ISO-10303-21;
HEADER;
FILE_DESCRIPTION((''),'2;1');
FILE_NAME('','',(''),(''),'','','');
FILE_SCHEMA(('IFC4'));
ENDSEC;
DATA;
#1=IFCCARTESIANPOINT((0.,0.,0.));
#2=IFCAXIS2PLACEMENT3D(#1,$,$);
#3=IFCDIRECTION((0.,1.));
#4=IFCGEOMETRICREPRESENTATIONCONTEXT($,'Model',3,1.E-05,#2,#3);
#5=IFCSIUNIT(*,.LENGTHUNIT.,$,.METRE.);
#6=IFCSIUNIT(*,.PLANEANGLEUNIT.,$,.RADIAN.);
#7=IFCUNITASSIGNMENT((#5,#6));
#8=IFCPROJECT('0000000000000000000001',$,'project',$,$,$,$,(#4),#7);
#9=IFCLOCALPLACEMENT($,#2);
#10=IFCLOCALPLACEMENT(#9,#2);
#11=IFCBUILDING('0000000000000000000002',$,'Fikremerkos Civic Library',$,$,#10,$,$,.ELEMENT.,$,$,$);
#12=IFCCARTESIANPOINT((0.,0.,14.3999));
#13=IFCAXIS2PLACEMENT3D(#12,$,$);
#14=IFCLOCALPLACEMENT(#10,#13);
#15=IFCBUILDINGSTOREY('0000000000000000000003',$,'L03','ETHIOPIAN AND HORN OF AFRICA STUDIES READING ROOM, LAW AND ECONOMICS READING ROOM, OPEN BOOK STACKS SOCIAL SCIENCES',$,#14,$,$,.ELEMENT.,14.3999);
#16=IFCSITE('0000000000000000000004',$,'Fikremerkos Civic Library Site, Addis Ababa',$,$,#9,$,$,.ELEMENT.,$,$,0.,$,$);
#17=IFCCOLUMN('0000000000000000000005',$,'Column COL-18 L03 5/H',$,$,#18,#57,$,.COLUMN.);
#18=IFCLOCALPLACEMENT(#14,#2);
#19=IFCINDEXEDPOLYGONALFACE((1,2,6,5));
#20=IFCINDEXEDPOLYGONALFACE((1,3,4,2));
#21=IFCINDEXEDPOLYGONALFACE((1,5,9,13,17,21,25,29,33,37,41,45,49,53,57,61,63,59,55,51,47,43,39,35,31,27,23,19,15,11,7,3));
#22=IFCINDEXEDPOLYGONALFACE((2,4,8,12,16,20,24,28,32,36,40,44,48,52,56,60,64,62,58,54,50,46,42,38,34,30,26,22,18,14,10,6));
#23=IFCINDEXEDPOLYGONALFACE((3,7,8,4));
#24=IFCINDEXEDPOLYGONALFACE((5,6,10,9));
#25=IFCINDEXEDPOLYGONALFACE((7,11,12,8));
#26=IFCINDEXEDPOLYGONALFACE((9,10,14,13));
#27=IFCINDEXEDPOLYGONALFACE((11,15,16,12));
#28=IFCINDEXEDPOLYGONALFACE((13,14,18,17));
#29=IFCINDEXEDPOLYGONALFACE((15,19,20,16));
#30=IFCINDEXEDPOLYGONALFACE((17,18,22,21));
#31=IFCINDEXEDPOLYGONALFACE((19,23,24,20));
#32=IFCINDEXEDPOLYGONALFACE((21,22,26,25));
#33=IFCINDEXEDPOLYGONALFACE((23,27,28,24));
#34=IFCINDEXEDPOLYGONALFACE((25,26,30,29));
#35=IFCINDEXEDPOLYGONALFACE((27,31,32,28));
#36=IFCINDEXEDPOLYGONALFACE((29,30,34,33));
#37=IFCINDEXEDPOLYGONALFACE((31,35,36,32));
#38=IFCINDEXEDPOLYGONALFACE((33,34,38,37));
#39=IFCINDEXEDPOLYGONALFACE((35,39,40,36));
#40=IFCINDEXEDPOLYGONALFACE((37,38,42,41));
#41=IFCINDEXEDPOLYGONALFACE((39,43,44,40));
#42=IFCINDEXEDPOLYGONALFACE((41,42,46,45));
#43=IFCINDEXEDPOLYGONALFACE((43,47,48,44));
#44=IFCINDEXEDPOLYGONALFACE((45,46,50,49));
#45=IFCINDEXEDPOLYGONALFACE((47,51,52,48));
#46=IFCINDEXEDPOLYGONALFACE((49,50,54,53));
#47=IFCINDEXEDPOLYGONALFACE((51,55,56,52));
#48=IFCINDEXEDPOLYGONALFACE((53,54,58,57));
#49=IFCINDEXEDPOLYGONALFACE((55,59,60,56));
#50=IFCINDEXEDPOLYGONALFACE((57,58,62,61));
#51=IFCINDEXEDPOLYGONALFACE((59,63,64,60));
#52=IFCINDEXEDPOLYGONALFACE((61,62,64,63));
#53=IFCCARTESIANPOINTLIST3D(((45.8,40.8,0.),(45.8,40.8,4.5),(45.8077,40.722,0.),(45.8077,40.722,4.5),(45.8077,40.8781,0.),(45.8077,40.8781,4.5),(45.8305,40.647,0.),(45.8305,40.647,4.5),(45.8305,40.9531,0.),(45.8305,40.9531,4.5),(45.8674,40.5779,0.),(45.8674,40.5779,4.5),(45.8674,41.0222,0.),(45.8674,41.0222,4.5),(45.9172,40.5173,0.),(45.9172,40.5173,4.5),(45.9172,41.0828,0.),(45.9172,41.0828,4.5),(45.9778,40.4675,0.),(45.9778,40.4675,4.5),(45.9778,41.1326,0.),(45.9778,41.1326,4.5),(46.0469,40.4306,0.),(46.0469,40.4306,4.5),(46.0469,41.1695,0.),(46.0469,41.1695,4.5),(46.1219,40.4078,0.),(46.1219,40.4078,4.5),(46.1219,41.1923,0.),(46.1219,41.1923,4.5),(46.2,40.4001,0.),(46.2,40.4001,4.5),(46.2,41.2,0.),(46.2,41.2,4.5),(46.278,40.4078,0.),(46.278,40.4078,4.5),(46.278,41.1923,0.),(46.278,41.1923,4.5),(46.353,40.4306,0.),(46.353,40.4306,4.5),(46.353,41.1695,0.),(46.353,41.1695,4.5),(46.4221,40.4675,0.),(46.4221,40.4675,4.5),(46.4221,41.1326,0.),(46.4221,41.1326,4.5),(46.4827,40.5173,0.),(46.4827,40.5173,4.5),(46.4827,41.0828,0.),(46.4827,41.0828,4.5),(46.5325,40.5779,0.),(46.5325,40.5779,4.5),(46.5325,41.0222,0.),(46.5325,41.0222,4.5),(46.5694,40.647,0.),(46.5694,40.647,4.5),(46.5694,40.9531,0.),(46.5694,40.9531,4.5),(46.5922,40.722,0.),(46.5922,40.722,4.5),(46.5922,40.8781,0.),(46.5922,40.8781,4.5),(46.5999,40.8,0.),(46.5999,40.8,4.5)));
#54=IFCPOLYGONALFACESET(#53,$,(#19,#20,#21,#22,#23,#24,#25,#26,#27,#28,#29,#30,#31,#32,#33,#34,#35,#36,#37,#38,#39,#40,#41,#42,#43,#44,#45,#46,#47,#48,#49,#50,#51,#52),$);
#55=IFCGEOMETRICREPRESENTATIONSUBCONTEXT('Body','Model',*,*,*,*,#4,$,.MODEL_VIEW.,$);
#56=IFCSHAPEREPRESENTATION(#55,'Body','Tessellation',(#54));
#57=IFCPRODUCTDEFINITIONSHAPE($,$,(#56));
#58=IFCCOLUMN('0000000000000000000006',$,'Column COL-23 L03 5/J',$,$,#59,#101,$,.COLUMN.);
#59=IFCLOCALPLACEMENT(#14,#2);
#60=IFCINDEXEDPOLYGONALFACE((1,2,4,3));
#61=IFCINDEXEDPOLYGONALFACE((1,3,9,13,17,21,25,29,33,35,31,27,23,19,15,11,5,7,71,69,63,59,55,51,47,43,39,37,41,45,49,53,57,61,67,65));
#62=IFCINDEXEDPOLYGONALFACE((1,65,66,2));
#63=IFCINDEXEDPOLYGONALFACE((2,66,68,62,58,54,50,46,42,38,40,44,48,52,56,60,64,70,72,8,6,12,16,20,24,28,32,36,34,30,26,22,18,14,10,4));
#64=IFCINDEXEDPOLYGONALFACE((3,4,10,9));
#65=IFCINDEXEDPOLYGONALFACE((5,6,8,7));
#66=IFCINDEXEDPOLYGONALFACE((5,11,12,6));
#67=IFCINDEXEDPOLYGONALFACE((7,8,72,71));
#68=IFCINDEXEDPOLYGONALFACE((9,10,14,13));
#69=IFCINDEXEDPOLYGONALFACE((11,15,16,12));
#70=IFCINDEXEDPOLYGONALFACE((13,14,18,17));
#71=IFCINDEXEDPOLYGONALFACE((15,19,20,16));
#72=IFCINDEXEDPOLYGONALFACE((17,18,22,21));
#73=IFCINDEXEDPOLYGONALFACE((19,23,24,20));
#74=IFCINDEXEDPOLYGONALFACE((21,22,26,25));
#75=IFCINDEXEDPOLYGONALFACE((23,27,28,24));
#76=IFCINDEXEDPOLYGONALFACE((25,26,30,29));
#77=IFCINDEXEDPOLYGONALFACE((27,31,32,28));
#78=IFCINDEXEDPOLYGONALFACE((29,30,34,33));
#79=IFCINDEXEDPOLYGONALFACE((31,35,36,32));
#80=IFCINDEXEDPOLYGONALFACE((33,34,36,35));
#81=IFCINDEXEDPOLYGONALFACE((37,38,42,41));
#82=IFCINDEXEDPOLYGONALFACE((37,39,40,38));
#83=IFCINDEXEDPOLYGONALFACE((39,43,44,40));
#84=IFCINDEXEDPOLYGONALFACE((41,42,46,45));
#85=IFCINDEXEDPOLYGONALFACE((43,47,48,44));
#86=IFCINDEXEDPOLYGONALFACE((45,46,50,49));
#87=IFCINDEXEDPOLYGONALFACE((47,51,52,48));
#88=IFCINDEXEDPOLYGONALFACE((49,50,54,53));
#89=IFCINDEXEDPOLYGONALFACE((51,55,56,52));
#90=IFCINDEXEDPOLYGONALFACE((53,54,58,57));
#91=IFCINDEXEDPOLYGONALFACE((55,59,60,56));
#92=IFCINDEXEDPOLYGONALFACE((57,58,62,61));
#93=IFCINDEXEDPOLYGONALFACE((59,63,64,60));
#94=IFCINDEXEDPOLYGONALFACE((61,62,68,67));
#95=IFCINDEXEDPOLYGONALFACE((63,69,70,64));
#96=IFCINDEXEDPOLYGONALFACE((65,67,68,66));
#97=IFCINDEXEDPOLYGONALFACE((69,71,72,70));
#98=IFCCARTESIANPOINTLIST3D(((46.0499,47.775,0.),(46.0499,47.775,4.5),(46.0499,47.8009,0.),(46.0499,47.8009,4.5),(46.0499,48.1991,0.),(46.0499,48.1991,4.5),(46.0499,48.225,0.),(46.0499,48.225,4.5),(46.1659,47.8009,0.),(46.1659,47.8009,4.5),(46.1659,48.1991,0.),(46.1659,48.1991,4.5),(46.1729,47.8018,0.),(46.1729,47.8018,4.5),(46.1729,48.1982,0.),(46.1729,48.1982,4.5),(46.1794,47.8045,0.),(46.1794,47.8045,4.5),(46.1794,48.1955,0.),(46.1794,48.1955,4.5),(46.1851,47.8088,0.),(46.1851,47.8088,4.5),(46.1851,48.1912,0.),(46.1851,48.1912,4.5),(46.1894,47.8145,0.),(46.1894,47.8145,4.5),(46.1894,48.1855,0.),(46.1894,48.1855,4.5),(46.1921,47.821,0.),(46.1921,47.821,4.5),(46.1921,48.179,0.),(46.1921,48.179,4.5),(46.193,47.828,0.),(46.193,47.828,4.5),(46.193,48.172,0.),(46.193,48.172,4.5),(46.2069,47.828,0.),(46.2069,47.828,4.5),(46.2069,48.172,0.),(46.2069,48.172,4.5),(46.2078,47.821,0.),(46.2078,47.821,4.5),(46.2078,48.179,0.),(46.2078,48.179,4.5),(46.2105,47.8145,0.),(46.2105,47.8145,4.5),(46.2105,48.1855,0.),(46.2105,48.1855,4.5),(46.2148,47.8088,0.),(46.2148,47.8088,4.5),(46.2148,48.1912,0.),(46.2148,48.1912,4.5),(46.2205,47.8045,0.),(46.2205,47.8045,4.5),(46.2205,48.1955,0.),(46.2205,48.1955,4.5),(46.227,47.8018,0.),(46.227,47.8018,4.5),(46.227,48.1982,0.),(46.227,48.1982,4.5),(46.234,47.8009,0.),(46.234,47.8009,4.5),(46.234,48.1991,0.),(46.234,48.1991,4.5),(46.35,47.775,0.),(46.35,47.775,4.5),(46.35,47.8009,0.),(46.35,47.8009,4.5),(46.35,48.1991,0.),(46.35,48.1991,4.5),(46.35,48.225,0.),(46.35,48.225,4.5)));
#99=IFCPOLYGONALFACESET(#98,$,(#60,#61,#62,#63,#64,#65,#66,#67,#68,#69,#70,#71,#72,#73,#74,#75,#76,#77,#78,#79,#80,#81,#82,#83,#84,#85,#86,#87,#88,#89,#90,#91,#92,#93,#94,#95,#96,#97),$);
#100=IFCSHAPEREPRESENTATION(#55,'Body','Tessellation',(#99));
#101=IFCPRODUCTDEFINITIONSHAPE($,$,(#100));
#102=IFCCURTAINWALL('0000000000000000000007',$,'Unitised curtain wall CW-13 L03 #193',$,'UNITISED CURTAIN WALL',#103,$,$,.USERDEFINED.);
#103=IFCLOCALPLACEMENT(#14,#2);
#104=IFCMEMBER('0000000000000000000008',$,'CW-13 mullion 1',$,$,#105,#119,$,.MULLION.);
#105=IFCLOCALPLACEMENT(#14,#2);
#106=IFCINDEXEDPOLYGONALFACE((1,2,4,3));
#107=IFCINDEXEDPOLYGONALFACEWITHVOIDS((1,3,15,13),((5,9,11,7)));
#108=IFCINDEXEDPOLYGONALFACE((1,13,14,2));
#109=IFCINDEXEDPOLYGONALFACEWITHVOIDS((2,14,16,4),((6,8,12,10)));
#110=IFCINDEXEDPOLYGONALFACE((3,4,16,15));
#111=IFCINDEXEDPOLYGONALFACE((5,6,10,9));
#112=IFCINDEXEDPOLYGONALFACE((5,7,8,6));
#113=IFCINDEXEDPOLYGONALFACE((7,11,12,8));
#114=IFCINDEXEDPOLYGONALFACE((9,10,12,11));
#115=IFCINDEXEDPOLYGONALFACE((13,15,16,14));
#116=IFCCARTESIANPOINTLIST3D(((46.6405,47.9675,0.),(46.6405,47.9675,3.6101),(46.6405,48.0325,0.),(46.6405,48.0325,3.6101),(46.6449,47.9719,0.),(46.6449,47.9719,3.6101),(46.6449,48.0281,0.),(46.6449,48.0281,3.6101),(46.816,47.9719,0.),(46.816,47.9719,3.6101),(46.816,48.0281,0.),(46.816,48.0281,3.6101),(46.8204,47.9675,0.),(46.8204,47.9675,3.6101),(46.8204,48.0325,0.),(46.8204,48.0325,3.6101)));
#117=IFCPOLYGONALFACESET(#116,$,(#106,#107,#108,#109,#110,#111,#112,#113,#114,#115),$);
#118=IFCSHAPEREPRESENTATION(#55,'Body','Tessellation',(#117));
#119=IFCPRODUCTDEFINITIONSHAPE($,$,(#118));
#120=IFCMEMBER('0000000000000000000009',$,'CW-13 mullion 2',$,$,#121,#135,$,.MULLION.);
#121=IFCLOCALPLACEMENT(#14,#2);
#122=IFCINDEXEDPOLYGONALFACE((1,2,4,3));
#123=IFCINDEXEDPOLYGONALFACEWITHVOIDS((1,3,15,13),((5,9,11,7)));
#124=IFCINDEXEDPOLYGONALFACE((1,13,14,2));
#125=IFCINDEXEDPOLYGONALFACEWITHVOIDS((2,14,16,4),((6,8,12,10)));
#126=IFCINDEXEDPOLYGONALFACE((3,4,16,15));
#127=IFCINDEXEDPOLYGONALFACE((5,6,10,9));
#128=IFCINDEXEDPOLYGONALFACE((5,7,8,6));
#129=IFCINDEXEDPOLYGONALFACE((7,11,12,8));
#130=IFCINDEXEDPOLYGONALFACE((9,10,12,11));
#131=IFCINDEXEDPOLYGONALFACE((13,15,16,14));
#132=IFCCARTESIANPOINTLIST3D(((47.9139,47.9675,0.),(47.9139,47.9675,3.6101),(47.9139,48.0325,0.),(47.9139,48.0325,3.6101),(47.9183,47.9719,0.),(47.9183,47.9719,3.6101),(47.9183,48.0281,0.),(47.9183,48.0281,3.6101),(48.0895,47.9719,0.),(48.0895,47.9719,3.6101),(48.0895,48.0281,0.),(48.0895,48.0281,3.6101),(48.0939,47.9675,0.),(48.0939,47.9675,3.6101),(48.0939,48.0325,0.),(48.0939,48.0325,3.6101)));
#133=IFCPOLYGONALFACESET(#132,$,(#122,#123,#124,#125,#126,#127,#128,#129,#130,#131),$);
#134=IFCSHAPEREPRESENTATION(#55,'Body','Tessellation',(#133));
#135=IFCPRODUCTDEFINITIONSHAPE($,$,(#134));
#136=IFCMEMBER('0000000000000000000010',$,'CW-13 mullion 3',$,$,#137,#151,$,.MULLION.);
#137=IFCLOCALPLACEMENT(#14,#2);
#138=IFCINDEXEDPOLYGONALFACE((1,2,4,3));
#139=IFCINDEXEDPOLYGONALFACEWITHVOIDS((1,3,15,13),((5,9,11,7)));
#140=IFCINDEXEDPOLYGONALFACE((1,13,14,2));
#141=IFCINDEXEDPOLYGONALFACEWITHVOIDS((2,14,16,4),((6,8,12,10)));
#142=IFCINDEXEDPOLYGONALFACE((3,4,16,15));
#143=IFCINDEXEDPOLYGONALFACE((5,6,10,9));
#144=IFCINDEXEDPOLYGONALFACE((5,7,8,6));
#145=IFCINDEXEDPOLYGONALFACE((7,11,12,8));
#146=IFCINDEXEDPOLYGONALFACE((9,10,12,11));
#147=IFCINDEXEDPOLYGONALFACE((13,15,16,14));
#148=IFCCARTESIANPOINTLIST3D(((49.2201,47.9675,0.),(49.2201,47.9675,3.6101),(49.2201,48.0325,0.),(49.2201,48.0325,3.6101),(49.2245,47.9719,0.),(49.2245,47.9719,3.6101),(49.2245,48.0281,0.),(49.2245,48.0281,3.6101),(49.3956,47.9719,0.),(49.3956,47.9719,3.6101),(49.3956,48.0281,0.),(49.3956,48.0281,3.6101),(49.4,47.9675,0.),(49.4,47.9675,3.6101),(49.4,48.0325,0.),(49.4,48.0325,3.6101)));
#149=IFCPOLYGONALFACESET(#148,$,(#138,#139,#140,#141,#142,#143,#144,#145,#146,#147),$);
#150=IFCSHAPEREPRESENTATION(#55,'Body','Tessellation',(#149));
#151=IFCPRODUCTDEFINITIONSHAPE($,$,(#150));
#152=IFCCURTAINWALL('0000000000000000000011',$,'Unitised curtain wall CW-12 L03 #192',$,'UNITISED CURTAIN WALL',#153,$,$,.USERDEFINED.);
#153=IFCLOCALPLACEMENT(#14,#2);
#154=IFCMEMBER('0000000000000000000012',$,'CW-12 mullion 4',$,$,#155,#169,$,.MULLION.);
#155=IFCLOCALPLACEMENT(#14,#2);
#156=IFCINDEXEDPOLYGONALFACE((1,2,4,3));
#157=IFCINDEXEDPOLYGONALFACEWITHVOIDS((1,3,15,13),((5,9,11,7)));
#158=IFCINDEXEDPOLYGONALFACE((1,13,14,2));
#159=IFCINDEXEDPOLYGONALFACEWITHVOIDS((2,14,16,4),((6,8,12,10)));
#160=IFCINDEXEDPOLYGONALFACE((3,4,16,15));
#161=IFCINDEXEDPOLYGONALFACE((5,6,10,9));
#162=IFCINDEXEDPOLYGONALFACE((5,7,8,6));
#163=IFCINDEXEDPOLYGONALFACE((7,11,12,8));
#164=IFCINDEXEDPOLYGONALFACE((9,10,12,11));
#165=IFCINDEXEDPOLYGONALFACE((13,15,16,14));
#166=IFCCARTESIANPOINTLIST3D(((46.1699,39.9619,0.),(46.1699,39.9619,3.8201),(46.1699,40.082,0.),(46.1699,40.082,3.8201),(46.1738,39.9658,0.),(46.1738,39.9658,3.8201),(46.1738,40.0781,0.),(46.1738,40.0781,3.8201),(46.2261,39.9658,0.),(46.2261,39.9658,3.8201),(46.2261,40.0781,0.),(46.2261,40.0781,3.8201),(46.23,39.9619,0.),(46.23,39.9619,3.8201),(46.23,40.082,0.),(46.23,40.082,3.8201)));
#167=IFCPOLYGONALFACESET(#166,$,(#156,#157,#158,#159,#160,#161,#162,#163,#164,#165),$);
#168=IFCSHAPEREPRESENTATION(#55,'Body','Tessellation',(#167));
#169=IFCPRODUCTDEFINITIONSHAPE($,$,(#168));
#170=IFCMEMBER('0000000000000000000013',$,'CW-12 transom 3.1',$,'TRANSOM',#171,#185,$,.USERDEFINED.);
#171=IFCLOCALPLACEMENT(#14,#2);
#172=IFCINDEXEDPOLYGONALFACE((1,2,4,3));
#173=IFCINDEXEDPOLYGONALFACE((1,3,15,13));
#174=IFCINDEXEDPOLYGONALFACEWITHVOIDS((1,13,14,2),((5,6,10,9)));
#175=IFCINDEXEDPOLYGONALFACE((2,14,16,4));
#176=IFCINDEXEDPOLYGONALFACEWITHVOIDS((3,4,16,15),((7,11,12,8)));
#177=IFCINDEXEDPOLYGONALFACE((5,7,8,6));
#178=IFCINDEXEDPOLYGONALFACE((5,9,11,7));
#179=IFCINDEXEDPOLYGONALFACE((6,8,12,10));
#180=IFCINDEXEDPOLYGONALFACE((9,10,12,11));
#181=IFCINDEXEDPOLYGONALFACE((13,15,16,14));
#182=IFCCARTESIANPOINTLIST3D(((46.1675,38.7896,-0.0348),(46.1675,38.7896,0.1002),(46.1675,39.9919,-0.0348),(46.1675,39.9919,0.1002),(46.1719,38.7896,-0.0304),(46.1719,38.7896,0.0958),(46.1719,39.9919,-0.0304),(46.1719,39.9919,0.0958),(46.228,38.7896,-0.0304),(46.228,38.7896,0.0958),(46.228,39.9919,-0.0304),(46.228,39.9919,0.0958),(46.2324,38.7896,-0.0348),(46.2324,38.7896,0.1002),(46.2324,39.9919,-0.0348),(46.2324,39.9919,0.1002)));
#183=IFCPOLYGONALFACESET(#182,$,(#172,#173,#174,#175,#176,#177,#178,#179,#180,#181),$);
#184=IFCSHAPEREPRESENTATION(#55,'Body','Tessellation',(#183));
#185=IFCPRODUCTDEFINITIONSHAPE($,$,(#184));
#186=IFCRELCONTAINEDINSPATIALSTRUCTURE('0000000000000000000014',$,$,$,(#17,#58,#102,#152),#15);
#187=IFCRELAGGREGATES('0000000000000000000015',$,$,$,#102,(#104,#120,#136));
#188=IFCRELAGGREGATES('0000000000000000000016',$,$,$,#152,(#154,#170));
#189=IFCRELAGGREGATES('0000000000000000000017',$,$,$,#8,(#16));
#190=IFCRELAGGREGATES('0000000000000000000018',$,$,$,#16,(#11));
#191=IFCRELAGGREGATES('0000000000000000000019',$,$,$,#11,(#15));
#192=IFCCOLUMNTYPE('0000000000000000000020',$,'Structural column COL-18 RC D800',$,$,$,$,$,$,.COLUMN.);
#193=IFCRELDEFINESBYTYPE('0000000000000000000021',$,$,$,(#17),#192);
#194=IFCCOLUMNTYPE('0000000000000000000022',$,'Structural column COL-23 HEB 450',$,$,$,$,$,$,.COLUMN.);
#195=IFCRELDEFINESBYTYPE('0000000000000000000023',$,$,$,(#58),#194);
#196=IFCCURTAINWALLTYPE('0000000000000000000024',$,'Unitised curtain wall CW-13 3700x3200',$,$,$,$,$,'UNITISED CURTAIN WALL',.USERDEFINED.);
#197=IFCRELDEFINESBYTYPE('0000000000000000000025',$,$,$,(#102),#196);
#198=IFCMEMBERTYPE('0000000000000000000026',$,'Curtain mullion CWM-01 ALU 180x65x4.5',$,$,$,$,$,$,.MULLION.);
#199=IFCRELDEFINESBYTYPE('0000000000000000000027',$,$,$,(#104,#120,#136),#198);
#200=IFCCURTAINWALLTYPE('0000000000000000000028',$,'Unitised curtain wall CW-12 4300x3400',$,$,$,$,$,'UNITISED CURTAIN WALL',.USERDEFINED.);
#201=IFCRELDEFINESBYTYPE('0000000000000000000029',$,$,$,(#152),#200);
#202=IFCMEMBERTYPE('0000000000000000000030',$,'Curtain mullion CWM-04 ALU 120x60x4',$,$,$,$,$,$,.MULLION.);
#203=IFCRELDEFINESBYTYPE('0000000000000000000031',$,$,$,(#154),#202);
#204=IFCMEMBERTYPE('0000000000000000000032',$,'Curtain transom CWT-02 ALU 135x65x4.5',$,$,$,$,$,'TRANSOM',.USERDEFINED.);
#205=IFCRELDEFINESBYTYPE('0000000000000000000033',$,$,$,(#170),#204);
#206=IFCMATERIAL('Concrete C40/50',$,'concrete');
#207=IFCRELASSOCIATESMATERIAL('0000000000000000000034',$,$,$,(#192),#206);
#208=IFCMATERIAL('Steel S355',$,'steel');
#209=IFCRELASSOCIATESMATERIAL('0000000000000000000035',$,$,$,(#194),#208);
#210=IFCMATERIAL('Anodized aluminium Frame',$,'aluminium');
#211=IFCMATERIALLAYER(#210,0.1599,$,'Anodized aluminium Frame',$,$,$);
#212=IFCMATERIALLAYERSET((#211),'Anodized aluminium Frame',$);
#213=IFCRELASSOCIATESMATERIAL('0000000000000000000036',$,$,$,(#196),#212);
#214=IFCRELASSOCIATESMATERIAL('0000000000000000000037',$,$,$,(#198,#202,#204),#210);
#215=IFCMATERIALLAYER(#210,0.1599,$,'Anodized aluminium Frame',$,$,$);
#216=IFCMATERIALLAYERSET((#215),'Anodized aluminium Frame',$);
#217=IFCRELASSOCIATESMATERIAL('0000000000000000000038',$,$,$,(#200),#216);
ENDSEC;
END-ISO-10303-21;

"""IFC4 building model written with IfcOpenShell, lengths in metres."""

from ifc_helpers import new_model, si_unit, direction, frame, origin, origin_2d, place, context, subcontext, project, spatial, hollow_rectangle, circle, i_section, extrude, material, layer, layer_set, material_profile, profile_set, type_object, element, aggregate, save


model = new_model("IFC4")

# Units and contexts
model_context = context("Model", 3, precision=1e-05, world=origin(), true_north=direction((0.0, 1.0)))
body_context = subcontext(model_context, "Body", "Model", "MODEL_VIEW")
ifc_project = project(units=[si_unit("LENGTHUNIT", "METRE"), si_unit("PLANEANGLEUNIT", "RADIAN")], contexts=[model_context])

# Site, building, storey
site_placement = place(None, origin())
site = spatial("IfcSite", under=ifc_project, at=site_placement, Name="Fikremerkos Civic Library Site, Addis Ababa", CompositionType="ELEMENT", RefElevation=0.0)
building_placement = place(site_placement, origin())
building = spatial("IfcBuilding", under=site, at=building_placement, Name="Fikremerkos Civic Library", CompositionType="ELEMENT")
storey_placement = place(building_placement, frame((0.0, 0.0, 14.3999)))
storey = spatial("IfcBuildingStorey", under=building, at=storey_placement, Name="L03", Description="ETHIOPIAN AND HORN OF AFRICA STUDIES READING ROOM, LAW AND ECONOMICS READING ROOM, OPEN BOOK STACKS SOCIAL SCIENCES", CompositionType="ELEMENT", Elevation=14.3999)

# Columns
ifc_material_1 = material(Name="Concrete C40/50", Category="concrete")
ifc_material_profile_1 = material_profile(ifc_material_1, circle(Radius=0.3999, at=origin_2d()), Name="RC D800")
ifc_profile_set_1 = profile_set([ifc_material_profile_1], Name="Concrete C40/50")
column_type_1 = type_object("IfcColumnType", Name="Structural column COL-18 RC D800", PredefinedType="COLUMN", material=ifc_profile_set_1)
column_1_placement = place(storey_placement, frame((46.2, 40.8, 0.0), z_axis=(0.0, 0.0, 1.0), x_axis=(1.0, 0.0, 0.0)))
element("IfcColumn", 1, at=column_1_placement, inside=storey, type_object=column_type_1, Name="Column COL-18 L03 5/H", PredefinedType="COLUMN", context=body_context, shape_type="SweptSolid", body=[
    extrude(circle(Radius=0.3999, at=origin_2d()), origin(), (0.0, 0.0, 1.0), 4.5),
])
ifc_material_2 = material(Name="Steel S355", Category="steel")
ifc_material_profile_2 = material_profile(ifc_material_2, i_section(OverallWidth=0.3, OverallDepth=0.45, WebThickness=0.0139, FlangeThickness=0.0259, FilletRadius=0.0271, at=origin_2d()), Name="HEB 450")
ifc_profile_set_2 = profile_set([ifc_material_profile_2], Name="Steel S355")
column_type_2 = type_object("IfcColumnType", Name="Structural column COL-23 HEB 450", PredefinedType="COLUMN", material=ifc_profile_set_2)
column_2_placement = place(storey_placement, frame((46.2, 48.0, 0.0), z_axis=(0.0, 0.0, 1.0), x_axis=(1.0, 0.0, 0.0)))
element("IfcColumn", 2, at=column_2_placement, inside=storey, type_object=column_type_2, Name="Column COL-23 L03 5/J", PredefinedType="COLUMN", context=body_context, shape_type="SweptSolid", body=[
    extrude(i_section(OverallWidth=0.3, OverallDepth=0.45, WebThickness=0.0139, FlangeThickness=0.0259, FilletRadius=0.0271, at=origin_2d()), origin(), (0.0, 0.0, 1.0), 4.5),
])

# Curtain walls, members
ifc_material_3 = material(Name="Anodized aluminium Frame", Category="aluminium")
ifc_layer_1 = layer(ifc_material_3, 0.1599, Name="Anodized aluminium Frame")
ifc_layer_set_1 = layer_set([ifc_layer_1], Name="Anodized aluminium Frame")
curtain_wall_type_1 = type_object("IfcCurtainWallType", Name="Unitised curtain wall CW-13 3700x3200", ElementType="UNITISED CURTAIN WALL", PredefinedType="USERDEFINED", material=ifc_layer_set_1)
curtain_wall_1_placement = place(storey_placement, origin())
curtain_wall_1 = element("IfcCurtainWall", 3, at=curtain_wall_1_placement, inside=storey, type_object=curtain_wall_type_1, Name="Unitised curtain wall CW-13 L03 #193", ObjectType="UNITISED CURTAIN WALL", PredefinedType="USERDEFINED")
ifc_material_profile_3 = material_profile(ifc_material_3, hollow_rectangle(XDim=0.0649, YDim=0.1799, WallThickness=0.0044, at=origin_2d()), Name="ALU 180x65x4.5")
ifc_profile_set_3 = profile_set([ifc_material_profile_3], Name="Anodized aluminium Frame")
member_type_1 = type_object("IfcMemberType", Name="Curtain mullion CWM-01 ALU 180x65x4.5", PredefinedType="MULLION", material=ifc_profile_set_3)
member_1_placement = place(storey_placement, frame((46.7305, 48.0, 0.0), z_axis=(0.0, 0.0, 1.0), x_axis=(0.0, 1.0, 0.0)))
member_1 = element("IfcMember", 4, at=member_1_placement, type_object=member_type_1, Name="CW-13 mullion 1", PredefinedType="MULLION", context=body_context, shape_type="SweptSolid", body=[
    extrude(hollow_rectangle(XDim=0.0649, YDim=0.1799, WallThickness=0.0044, at=origin_2d()), origin(), (0.0, 0.0, 1.0), 3.6101),
])
member_2_placement = place(storey_placement, frame((48.0039, 48.0, 0.0), z_axis=(0.0, 0.0, 1.0), x_axis=(0.0, 1.0, 0.0)))
member_2 = element("IfcMember", 5, at=member_2_placement, type_object=member_type_1, Name="CW-13 mullion 2", PredefinedType="MULLION", context=body_context, shape_type="SweptSolid", body=[
    extrude(hollow_rectangle(XDim=0.0649, YDim=0.1799, WallThickness=0.0044, at=origin_2d()), origin(), (0.0, 0.0, 1.0), 3.6101),
])
member_3_placement = place(storey_placement, frame((49.3101, 48.0, 0.0), z_axis=(0.0, 0.0, 1.0), x_axis=(0.0, 1.0, 0.0)))
member_3 = element("IfcMember", 6, at=member_3_placement, type_object=member_type_1, Name="CW-13 mullion 3", PredefinedType="MULLION", context=body_context, shape_type="SweptSolid", body=[
    extrude(hollow_rectangle(XDim=0.0649, YDim=0.1799, WallThickness=0.0044, at=origin_2d()), origin(), (0.0, 0.0, 1.0), 3.6101),
])
ifc_layer_2 = layer(ifc_material_3, 0.1599, Name="Anodized aluminium Frame")
ifc_layer_set_2 = layer_set([ifc_layer_2], Name="Anodized aluminium Frame")
curtain_wall_type_2 = type_object("IfcCurtainWallType", Name="Unitised curtain wall CW-12 4300x3400", ElementType="UNITISED CURTAIN WALL", PredefinedType="USERDEFINED", material=ifc_layer_set_2)
curtain_wall_2_placement = place(storey_placement, origin())
curtain_wall_2 = element("IfcCurtainWall", 7, at=curtain_wall_2_placement, inside=storey, type_object=curtain_wall_type_2, Name="Unitised curtain wall CW-12 L03 #192", ObjectType="UNITISED CURTAIN WALL", PredefinedType="USERDEFINED")
ifc_material_profile_4 = material_profile(ifc_material_3, hollow_rectangle(XDim=0.0601, YDim=0.1201, WallThickness=0.0039, at=origin_2d()), Name="ALU 120x60x4")
ifc_profile_set_4 = profile_set([ifc_material_profile_4], Name="Anodized aluminium Frame")
member_type_2 = type_object("IfcMemberType", Name="Curtain mullion CWM-04 ALU 120x60x4", PredefinedType="MULLION", material=ifc_profile_set_4)
member_4_placement = place(storey_placement, frame((46.2, 40.022, 0.0), z_axis=(0.0, 0.0, 1.0), x_axis=(-1.0, 0.0, 0.0)))
member_4 = element("IfcMember", 8, at=member_4_placement, type_object=member_type_2, Name="CW-12 mullion 4", PredefinedType="MULLION", context=body_context, shape_type="SweptSolid", body=[
    extrude(hollow_rectangle(XDim=0.0601, YDim=0.1201, WallThickness=0.0039, at=origin_2d()), origin(), (0.0, 0.0, 1.0), 3.8201),
])
ifc_material_profile_5 = material_profile(ifc_material_3, hollow_rectangle(XDim=0.0649, YDim=0.135, WallThickness=0.0044, at=origin_2d()), Name="ALU 135x65x4.5")
ifc_profile_set_5 = profile_set([ifc_material_profile_5], Name="Anodized aluminium Frame")
member_type_3 = type_object("IfcMemberType", Name="Curtain transom CWT-02 ALU 135x65x4.5", ElementType="TRANSOM", PredefinedType="USERDEFINED", material=ifc_profile_set_5)
member_5_placement = place(storey_placement, frame((46.2, 38.7896, 0.0327), z_axis=(0.0, 1.0, 0.0), x_axis=(-1.0, 0.0, 0.0)))
member_5 = element("IfcMember", 9, at=member_5_placement, type_object=member_type_3, Name="CW-12 transom 3.1", ObjectType="TRANSOM", PredefinedType="USERDEFINED", context=body_context, shape_type="SweptSolid", body=[
    extrude(hollow_rectangle(XDim=0.0649, YDim=0.135, WallThickness=0.0044, at=origin_2d()), origin(), (0.0, 0.0, 1.0), 1.2024),
])

aggregate(curtain_wall_1, [member_1, member_2, member_3])
aggregate(curtain_wall_2, [member_4, member_5])

save(model, "model.ifc")
